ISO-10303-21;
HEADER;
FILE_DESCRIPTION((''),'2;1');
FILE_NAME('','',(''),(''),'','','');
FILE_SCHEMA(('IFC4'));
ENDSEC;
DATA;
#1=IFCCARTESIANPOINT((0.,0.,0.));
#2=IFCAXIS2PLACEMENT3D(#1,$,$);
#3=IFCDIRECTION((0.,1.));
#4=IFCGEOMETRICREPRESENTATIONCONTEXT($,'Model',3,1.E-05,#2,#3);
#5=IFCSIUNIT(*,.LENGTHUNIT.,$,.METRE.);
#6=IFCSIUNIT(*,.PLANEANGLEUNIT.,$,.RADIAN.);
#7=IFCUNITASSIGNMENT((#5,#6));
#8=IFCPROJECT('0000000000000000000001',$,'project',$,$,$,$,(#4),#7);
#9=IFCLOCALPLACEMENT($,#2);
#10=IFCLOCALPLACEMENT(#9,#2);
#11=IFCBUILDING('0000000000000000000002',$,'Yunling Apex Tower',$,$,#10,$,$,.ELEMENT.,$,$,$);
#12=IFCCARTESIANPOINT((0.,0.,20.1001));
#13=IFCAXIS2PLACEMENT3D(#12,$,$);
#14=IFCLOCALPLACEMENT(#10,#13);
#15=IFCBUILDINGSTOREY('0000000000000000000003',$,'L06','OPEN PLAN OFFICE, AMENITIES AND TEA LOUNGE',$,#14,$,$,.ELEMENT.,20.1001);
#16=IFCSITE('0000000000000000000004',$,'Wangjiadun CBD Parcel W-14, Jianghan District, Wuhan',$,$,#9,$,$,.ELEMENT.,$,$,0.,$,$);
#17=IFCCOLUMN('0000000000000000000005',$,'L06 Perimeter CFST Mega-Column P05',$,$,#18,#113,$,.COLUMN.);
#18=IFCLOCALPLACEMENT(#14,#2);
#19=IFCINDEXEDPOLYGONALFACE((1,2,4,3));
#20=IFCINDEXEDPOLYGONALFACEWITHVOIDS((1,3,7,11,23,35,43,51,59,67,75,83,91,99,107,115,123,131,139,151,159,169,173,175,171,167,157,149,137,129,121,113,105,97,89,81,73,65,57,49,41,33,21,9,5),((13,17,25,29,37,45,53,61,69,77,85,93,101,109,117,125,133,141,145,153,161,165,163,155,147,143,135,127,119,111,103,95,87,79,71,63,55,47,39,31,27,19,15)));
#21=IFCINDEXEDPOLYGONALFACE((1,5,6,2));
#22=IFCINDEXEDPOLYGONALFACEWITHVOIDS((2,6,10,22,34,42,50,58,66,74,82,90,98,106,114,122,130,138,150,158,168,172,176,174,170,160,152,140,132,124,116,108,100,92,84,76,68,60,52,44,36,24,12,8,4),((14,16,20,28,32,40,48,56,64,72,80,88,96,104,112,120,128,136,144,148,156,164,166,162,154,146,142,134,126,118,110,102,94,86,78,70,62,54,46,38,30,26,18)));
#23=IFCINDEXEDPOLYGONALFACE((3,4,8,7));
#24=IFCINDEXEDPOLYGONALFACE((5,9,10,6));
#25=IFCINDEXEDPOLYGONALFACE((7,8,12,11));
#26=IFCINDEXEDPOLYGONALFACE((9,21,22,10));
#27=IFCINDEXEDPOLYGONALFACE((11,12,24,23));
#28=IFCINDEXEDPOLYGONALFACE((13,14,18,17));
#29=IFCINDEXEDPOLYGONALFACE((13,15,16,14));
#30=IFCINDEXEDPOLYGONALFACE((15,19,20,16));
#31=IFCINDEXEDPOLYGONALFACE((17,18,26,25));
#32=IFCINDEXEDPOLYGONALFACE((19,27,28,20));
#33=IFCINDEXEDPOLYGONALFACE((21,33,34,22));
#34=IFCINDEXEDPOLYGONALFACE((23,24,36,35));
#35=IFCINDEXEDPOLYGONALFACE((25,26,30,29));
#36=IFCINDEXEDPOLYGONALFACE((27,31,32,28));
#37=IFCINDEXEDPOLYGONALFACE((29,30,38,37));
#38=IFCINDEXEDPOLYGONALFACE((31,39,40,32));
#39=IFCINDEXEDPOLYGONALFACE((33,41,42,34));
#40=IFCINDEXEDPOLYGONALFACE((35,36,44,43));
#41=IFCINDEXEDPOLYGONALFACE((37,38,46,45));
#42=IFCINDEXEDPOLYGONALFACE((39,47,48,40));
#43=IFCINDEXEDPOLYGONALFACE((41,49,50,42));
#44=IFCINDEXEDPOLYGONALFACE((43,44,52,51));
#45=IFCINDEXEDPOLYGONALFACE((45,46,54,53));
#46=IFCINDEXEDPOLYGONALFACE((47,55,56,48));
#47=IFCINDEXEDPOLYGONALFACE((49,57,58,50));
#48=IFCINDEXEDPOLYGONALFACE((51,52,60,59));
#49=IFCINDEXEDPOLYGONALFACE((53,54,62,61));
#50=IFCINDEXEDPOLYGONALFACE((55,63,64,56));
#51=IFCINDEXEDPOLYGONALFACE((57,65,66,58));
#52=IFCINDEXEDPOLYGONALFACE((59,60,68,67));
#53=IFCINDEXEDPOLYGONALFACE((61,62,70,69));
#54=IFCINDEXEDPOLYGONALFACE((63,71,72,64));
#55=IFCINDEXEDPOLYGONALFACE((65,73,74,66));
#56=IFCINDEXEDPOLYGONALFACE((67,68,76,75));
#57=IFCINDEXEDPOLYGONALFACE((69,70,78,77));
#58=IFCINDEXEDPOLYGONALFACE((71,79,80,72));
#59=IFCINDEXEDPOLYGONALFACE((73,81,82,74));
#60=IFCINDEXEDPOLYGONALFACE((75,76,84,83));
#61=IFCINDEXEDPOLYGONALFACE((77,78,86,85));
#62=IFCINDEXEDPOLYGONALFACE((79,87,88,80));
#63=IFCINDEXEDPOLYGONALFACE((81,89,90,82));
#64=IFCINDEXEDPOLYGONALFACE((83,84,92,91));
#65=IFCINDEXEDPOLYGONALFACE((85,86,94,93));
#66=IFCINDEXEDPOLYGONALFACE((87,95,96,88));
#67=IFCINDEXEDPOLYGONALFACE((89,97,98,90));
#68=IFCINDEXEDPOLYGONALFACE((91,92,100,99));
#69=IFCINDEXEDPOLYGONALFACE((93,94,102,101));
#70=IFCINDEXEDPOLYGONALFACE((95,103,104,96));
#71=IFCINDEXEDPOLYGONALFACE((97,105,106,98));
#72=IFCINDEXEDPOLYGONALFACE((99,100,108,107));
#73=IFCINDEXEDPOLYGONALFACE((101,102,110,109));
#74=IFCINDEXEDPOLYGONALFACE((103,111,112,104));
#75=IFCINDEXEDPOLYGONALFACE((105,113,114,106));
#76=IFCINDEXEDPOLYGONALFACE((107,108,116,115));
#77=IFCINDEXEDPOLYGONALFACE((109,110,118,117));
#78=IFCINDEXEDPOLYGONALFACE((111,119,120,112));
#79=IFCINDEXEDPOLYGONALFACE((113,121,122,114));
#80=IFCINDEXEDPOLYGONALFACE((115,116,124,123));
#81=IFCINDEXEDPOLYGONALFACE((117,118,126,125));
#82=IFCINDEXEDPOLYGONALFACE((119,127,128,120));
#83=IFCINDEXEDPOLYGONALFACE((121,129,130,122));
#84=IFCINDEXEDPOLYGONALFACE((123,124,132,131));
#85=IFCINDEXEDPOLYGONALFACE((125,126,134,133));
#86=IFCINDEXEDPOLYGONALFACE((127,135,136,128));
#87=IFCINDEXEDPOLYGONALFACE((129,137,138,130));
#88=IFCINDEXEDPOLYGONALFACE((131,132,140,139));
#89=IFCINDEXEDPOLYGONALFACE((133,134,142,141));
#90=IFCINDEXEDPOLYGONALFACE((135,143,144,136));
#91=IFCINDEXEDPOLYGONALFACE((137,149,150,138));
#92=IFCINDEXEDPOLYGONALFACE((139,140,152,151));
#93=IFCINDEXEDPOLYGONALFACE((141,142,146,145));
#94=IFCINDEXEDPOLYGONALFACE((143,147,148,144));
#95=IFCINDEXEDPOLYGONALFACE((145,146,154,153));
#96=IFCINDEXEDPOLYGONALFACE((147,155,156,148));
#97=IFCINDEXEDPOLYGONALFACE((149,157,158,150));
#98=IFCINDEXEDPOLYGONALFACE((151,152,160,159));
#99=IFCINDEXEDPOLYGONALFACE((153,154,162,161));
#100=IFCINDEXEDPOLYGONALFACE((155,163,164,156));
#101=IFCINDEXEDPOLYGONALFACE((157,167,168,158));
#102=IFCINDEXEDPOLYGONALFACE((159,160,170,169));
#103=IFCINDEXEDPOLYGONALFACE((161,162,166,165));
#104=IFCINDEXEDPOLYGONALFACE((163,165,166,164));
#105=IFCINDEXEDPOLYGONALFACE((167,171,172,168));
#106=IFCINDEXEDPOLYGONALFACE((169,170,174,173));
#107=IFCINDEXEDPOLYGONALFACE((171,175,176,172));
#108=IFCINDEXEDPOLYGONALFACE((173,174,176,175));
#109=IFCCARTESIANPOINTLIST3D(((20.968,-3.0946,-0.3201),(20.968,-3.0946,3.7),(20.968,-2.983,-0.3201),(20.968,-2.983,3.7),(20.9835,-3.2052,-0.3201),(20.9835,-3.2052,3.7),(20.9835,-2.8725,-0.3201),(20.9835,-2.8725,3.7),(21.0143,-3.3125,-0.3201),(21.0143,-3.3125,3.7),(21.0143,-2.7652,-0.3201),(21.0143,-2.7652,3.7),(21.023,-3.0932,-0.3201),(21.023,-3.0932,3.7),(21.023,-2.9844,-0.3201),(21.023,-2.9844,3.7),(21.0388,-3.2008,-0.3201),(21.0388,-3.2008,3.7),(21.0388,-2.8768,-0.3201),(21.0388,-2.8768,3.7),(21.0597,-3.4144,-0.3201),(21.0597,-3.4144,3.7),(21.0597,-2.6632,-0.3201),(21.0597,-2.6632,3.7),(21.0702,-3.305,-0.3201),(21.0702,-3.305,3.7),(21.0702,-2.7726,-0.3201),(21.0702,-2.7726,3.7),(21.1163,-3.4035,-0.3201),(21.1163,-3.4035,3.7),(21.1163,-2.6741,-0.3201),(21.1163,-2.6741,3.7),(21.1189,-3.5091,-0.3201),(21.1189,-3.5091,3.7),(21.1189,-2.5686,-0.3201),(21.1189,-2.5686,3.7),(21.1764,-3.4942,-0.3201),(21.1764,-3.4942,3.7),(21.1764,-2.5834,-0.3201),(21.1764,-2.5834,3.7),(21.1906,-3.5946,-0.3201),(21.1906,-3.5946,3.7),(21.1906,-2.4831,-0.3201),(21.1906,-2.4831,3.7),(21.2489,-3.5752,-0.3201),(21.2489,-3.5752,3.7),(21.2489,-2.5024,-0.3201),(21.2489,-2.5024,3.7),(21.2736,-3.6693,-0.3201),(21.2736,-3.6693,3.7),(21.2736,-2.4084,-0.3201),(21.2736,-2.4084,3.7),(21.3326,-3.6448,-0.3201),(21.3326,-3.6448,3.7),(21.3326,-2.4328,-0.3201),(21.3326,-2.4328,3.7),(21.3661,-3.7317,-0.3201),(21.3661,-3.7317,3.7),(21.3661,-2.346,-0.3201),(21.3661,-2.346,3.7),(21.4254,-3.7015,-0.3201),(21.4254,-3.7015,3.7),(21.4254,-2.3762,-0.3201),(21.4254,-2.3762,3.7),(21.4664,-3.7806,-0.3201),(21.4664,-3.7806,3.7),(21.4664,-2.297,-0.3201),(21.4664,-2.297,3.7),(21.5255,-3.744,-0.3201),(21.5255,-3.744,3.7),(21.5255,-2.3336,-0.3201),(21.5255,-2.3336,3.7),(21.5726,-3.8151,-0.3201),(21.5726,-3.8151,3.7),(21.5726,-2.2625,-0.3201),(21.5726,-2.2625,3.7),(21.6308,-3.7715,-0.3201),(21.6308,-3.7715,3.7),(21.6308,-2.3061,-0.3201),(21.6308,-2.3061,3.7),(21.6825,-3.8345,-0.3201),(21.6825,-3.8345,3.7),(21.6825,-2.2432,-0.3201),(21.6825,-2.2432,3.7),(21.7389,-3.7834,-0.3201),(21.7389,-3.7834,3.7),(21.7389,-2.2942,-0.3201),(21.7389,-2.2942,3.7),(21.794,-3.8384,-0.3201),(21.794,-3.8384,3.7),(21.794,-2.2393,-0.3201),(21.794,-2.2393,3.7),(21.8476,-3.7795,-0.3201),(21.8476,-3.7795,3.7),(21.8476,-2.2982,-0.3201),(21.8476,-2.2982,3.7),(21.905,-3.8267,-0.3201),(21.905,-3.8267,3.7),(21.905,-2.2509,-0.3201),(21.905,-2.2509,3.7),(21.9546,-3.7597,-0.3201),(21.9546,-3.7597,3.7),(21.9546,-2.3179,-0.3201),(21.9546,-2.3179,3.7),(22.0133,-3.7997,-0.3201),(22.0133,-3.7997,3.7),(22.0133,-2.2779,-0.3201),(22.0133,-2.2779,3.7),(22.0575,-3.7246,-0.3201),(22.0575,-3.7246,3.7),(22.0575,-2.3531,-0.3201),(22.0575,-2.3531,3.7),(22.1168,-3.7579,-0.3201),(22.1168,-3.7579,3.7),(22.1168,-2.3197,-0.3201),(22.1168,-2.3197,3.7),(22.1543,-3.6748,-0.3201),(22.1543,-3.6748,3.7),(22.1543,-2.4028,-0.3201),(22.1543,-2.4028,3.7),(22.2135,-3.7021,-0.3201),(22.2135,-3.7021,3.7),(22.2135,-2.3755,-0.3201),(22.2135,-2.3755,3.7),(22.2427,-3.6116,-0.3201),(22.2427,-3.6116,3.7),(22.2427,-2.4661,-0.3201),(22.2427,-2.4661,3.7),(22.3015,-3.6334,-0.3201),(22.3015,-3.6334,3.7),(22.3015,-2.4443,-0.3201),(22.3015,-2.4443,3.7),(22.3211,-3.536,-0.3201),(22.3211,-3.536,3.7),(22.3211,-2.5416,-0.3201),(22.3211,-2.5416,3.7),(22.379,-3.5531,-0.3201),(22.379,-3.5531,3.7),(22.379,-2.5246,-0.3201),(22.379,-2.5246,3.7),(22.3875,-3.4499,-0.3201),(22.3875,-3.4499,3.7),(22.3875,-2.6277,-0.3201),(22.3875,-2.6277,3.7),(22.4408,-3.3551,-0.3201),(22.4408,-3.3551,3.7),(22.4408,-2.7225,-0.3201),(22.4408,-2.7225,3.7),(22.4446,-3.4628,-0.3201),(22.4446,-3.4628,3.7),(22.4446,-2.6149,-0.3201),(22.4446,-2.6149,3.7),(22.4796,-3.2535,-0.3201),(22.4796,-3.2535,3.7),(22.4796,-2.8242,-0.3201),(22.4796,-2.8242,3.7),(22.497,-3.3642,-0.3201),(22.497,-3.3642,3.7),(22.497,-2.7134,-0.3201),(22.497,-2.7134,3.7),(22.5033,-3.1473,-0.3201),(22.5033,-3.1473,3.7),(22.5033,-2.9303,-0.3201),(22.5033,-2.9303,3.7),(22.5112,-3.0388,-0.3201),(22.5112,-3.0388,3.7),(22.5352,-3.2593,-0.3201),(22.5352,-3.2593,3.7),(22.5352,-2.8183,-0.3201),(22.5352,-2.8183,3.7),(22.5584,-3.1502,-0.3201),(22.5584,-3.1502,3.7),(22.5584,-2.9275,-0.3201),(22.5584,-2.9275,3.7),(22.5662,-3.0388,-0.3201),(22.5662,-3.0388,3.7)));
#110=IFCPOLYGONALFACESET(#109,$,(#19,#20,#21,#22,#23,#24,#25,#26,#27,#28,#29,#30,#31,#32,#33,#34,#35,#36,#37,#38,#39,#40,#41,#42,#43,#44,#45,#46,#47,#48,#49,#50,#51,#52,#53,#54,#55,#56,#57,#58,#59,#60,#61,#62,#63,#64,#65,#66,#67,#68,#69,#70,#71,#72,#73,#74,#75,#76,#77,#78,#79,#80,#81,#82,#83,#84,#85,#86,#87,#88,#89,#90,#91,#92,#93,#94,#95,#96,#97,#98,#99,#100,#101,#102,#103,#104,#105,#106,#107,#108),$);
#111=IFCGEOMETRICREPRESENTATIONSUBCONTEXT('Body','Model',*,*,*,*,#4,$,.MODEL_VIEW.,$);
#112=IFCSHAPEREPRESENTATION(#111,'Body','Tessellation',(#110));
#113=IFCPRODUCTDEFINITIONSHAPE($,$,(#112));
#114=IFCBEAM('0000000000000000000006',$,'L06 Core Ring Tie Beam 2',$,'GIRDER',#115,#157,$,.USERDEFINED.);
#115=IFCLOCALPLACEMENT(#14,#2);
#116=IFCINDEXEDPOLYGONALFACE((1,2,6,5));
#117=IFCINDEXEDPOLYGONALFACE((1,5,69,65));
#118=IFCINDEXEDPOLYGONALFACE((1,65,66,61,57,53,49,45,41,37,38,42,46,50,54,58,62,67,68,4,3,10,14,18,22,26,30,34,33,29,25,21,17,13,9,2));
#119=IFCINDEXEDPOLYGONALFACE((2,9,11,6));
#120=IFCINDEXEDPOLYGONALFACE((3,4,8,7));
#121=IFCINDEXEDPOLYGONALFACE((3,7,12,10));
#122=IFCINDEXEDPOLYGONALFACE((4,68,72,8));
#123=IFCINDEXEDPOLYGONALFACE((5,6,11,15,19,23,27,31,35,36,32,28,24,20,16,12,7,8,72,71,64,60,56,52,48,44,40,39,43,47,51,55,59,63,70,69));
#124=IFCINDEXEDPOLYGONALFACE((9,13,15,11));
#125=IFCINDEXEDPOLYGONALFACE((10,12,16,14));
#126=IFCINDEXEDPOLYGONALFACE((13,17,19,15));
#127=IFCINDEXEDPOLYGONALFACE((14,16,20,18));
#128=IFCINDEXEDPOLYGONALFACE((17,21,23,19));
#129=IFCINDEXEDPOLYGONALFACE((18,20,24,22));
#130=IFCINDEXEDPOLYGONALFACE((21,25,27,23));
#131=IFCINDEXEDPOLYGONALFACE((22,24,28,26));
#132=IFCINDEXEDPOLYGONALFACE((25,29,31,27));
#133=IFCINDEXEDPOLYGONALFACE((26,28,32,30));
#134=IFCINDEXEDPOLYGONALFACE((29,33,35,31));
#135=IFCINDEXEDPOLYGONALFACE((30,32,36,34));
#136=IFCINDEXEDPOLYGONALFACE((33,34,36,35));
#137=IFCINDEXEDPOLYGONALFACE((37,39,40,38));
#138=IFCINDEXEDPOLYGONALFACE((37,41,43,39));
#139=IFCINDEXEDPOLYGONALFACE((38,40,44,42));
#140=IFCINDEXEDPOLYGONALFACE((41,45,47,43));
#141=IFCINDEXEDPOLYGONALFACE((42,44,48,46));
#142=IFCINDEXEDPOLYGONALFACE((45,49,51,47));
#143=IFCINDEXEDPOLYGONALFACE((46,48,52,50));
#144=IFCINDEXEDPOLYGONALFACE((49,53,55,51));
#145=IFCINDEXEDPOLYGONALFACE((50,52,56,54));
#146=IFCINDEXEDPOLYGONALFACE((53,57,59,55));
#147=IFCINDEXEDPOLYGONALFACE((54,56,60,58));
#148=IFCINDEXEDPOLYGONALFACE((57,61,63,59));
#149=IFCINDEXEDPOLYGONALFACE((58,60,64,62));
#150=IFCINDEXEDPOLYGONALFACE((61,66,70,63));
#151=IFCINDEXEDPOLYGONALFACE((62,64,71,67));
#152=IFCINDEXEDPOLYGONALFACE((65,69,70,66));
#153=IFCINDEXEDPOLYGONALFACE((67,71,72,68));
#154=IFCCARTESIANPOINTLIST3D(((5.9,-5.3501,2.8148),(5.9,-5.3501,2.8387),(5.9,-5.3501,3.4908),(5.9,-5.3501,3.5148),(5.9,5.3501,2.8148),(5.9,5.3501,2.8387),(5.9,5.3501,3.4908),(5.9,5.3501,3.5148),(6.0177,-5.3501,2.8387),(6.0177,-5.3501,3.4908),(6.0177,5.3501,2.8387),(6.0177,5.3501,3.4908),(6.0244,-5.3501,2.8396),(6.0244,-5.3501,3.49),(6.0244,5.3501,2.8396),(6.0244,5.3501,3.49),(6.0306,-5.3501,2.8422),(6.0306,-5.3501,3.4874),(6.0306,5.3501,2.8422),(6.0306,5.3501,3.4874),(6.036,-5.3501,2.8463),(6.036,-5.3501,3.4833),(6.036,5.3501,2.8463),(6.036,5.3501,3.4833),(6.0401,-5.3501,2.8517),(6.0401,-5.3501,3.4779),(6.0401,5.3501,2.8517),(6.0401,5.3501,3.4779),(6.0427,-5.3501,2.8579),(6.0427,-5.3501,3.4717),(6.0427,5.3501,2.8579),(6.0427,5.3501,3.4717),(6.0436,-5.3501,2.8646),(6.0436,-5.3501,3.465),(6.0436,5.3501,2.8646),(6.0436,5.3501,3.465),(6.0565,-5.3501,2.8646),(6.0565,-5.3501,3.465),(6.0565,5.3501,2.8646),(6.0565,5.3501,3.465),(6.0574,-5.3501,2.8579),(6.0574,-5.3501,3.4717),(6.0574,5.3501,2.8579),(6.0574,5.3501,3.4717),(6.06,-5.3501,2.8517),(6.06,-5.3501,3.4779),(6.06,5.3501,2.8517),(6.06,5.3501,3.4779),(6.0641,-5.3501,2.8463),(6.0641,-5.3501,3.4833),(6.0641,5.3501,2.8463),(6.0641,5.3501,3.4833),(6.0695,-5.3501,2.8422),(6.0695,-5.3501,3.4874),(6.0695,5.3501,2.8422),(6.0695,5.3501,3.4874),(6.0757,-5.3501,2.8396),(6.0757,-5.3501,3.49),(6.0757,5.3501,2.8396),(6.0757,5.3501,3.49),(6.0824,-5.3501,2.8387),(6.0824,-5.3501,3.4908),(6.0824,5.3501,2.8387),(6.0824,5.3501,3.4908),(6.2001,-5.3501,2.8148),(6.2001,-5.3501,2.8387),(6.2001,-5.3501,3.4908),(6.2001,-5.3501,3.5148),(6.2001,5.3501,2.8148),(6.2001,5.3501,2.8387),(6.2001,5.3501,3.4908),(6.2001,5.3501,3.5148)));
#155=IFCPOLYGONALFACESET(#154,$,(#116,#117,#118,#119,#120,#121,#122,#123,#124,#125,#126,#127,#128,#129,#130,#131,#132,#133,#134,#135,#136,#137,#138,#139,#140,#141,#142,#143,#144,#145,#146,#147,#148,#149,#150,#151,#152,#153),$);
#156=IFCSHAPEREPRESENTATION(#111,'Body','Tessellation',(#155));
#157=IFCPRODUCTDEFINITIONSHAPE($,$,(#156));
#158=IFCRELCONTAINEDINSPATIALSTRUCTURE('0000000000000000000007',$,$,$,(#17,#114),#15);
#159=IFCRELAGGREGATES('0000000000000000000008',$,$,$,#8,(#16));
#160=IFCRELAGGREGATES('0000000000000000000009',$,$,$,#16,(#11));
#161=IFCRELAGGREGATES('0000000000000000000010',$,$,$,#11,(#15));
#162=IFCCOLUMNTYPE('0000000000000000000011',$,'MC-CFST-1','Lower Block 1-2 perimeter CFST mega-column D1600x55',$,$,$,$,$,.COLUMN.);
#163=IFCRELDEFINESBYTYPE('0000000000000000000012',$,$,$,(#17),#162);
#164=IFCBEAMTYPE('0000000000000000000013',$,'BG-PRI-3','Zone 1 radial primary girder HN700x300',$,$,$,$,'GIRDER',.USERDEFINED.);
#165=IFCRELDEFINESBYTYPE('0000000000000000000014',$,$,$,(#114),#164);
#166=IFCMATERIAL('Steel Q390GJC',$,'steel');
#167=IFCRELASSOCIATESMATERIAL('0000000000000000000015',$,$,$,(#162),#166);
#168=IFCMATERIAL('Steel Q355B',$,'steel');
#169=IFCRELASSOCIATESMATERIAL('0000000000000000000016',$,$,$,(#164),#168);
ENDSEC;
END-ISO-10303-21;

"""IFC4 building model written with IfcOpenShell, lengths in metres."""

from ifc_helpers import new_model, si_unit, direction, frame, origin, origin_2d, place, context, subcontext, project, spatial, hollow_circle, i_section, extrude, source, transform, mapped, material, material_profile, profile_set, type_object, element, save


model = new_model("IFC4")

# Units and contexts
model_context = context("Model", 3, precision=1e-05, world=origin(), true_north=direction((0.0, 1.0)))
body_context = subcontext(model_context, "Body", "Model", "MODEL_VIEW")
ifc_project = project(units=[si_unit("LENGTHUNIT", "METRE"), si_unit("PLANEANGLEUNIT", "RADIAN")], contexts=[model_context])

# Site, building, storey
site_placement = place(None, origin())
site = spatial("IfcSite", under=ifc_project, at=site_placement, Name="Wangjiadun CBD Parcel W-14, Jianghan District, Wuhan", CompositionType="ELEMENT", RefElevation=0.0)
building_placement = place(site_placement, origin())
building = spatial("IfcBuilding", under=site, at=building_placement, Name="Yunling Apex Tower", CompositionType="ELEMENT")
storey_placement = place(building_placement, frame((0.0, 0.0, 20.1001)))
storey = spatial("IfcBuildingStorey", under=building, at=storey_placement, Name="L06", Description="OPEN PLAN OFFICE, AMENITIES AND TEA LOUNGE", CompositionType="ELEMENT", Elevation=20.1001)

# Column
ifc_material_1 = material(Name="Steel Q390GJC", Category="steel")
ifc_material_profile_1 = material_profile(ifc_material_1, hollow_circle(Radius=0.8, WallThickness=0.0549, at=origin_2d()))
ifc_profile_set_1 = profile_set([ifc_material_profile_1], Name="Steel Q390GJC")
column_type_1 = type_object("IfcColumnType", Name="MC-CFST-1", Description="Lower Block 1-2 perimeter CFST mega-column D1600x55", PredefinedType="COLUMN", material=ifc_profile_set_1)
shared_shape_1 = source(origin(), body_context, "Body", "SweptSolid", [
    extrude(hollow_circle(Radius=0.8, WallThickness=0.0549, at=origin_2d()), origin(), (0.0, 0.0, 1.0), 4.02),
])
for number, where, z_axis, x_axis, name in (
    (1, (21.7661, -3.0388, -0.3201), (0.0, 0.0, 1.0), (1.0, 0.0, 0.0), "L06 Perimeter CFST Mega-Column P05"),
):
    element("IfcColumn", number, at=place(storey_placement, frame(where, z_axis=z_axis, x_axis=x_axis)), inside=storey, type_object=column_type_1, Name=name, PredefinedType="COLUMN", context=body_context, shape_type="MappedRepresentation", body=[
        mapped(shared_shape_1, transform((0.0, 0.0, 0.0), scale=1.0)),
    ])

# Beam
ifc_material_2 = material(Name="Steel Q355B", Category="steel")
ifc_material_profile_2 = material_profile(ifc_material_2, i_section(OverallWidth=0.3, OverallDepth=0.7, WebThickness=0.0129, FlangeThickness=0.0239, FilletRadius=0.0259, at=origin_2d()))
ifc_profile_set_2 = profile_set([ifc_material_profile_2], Name="Steel Q355B")
beam_type_1 = type_object("IfcBeamType", Name="BG-PRI-3", Description="Zone 1 radial primary girder HN700x300", ElementType="GIRDER", PredefinedType="USERDEFINED", material=ifc_profile_set_2)
shared_shape_2 = source(origin(), body_context, "Body", "SweptSolid", [
    extrude(i_section(OverallWidth=0.3, OverallDepth=0.7, WebThickness=0.0129, FlangeThickness=0.0239, FilletRadius=0.0259, at=origin_2d()), origin(), (0.0, 0.0, 1.0), 10.7002),
])
beam_1_placement = place(storey_placement, frame((6.05, -5.3501, 3.1648), z_axis=(0.0, 1.0, 0.0), x_axis=(-1.0, 0.0, 0.0)))
element("IfcBeam", 2, at=beam_1_placement, inside=storey, type_object=beam_type_1, Name="L06 Core Ring Tie Beam 2", ObjectType="GIRDER", PredefinedType="USERDEFINED", context=body_context, shape_type="MappedRepresentation", body=[
    mapped(shared_shape_2, transform((0.0, 0.0, 0.0), scale=1.0)),
])

save(model, "model.ifc")
